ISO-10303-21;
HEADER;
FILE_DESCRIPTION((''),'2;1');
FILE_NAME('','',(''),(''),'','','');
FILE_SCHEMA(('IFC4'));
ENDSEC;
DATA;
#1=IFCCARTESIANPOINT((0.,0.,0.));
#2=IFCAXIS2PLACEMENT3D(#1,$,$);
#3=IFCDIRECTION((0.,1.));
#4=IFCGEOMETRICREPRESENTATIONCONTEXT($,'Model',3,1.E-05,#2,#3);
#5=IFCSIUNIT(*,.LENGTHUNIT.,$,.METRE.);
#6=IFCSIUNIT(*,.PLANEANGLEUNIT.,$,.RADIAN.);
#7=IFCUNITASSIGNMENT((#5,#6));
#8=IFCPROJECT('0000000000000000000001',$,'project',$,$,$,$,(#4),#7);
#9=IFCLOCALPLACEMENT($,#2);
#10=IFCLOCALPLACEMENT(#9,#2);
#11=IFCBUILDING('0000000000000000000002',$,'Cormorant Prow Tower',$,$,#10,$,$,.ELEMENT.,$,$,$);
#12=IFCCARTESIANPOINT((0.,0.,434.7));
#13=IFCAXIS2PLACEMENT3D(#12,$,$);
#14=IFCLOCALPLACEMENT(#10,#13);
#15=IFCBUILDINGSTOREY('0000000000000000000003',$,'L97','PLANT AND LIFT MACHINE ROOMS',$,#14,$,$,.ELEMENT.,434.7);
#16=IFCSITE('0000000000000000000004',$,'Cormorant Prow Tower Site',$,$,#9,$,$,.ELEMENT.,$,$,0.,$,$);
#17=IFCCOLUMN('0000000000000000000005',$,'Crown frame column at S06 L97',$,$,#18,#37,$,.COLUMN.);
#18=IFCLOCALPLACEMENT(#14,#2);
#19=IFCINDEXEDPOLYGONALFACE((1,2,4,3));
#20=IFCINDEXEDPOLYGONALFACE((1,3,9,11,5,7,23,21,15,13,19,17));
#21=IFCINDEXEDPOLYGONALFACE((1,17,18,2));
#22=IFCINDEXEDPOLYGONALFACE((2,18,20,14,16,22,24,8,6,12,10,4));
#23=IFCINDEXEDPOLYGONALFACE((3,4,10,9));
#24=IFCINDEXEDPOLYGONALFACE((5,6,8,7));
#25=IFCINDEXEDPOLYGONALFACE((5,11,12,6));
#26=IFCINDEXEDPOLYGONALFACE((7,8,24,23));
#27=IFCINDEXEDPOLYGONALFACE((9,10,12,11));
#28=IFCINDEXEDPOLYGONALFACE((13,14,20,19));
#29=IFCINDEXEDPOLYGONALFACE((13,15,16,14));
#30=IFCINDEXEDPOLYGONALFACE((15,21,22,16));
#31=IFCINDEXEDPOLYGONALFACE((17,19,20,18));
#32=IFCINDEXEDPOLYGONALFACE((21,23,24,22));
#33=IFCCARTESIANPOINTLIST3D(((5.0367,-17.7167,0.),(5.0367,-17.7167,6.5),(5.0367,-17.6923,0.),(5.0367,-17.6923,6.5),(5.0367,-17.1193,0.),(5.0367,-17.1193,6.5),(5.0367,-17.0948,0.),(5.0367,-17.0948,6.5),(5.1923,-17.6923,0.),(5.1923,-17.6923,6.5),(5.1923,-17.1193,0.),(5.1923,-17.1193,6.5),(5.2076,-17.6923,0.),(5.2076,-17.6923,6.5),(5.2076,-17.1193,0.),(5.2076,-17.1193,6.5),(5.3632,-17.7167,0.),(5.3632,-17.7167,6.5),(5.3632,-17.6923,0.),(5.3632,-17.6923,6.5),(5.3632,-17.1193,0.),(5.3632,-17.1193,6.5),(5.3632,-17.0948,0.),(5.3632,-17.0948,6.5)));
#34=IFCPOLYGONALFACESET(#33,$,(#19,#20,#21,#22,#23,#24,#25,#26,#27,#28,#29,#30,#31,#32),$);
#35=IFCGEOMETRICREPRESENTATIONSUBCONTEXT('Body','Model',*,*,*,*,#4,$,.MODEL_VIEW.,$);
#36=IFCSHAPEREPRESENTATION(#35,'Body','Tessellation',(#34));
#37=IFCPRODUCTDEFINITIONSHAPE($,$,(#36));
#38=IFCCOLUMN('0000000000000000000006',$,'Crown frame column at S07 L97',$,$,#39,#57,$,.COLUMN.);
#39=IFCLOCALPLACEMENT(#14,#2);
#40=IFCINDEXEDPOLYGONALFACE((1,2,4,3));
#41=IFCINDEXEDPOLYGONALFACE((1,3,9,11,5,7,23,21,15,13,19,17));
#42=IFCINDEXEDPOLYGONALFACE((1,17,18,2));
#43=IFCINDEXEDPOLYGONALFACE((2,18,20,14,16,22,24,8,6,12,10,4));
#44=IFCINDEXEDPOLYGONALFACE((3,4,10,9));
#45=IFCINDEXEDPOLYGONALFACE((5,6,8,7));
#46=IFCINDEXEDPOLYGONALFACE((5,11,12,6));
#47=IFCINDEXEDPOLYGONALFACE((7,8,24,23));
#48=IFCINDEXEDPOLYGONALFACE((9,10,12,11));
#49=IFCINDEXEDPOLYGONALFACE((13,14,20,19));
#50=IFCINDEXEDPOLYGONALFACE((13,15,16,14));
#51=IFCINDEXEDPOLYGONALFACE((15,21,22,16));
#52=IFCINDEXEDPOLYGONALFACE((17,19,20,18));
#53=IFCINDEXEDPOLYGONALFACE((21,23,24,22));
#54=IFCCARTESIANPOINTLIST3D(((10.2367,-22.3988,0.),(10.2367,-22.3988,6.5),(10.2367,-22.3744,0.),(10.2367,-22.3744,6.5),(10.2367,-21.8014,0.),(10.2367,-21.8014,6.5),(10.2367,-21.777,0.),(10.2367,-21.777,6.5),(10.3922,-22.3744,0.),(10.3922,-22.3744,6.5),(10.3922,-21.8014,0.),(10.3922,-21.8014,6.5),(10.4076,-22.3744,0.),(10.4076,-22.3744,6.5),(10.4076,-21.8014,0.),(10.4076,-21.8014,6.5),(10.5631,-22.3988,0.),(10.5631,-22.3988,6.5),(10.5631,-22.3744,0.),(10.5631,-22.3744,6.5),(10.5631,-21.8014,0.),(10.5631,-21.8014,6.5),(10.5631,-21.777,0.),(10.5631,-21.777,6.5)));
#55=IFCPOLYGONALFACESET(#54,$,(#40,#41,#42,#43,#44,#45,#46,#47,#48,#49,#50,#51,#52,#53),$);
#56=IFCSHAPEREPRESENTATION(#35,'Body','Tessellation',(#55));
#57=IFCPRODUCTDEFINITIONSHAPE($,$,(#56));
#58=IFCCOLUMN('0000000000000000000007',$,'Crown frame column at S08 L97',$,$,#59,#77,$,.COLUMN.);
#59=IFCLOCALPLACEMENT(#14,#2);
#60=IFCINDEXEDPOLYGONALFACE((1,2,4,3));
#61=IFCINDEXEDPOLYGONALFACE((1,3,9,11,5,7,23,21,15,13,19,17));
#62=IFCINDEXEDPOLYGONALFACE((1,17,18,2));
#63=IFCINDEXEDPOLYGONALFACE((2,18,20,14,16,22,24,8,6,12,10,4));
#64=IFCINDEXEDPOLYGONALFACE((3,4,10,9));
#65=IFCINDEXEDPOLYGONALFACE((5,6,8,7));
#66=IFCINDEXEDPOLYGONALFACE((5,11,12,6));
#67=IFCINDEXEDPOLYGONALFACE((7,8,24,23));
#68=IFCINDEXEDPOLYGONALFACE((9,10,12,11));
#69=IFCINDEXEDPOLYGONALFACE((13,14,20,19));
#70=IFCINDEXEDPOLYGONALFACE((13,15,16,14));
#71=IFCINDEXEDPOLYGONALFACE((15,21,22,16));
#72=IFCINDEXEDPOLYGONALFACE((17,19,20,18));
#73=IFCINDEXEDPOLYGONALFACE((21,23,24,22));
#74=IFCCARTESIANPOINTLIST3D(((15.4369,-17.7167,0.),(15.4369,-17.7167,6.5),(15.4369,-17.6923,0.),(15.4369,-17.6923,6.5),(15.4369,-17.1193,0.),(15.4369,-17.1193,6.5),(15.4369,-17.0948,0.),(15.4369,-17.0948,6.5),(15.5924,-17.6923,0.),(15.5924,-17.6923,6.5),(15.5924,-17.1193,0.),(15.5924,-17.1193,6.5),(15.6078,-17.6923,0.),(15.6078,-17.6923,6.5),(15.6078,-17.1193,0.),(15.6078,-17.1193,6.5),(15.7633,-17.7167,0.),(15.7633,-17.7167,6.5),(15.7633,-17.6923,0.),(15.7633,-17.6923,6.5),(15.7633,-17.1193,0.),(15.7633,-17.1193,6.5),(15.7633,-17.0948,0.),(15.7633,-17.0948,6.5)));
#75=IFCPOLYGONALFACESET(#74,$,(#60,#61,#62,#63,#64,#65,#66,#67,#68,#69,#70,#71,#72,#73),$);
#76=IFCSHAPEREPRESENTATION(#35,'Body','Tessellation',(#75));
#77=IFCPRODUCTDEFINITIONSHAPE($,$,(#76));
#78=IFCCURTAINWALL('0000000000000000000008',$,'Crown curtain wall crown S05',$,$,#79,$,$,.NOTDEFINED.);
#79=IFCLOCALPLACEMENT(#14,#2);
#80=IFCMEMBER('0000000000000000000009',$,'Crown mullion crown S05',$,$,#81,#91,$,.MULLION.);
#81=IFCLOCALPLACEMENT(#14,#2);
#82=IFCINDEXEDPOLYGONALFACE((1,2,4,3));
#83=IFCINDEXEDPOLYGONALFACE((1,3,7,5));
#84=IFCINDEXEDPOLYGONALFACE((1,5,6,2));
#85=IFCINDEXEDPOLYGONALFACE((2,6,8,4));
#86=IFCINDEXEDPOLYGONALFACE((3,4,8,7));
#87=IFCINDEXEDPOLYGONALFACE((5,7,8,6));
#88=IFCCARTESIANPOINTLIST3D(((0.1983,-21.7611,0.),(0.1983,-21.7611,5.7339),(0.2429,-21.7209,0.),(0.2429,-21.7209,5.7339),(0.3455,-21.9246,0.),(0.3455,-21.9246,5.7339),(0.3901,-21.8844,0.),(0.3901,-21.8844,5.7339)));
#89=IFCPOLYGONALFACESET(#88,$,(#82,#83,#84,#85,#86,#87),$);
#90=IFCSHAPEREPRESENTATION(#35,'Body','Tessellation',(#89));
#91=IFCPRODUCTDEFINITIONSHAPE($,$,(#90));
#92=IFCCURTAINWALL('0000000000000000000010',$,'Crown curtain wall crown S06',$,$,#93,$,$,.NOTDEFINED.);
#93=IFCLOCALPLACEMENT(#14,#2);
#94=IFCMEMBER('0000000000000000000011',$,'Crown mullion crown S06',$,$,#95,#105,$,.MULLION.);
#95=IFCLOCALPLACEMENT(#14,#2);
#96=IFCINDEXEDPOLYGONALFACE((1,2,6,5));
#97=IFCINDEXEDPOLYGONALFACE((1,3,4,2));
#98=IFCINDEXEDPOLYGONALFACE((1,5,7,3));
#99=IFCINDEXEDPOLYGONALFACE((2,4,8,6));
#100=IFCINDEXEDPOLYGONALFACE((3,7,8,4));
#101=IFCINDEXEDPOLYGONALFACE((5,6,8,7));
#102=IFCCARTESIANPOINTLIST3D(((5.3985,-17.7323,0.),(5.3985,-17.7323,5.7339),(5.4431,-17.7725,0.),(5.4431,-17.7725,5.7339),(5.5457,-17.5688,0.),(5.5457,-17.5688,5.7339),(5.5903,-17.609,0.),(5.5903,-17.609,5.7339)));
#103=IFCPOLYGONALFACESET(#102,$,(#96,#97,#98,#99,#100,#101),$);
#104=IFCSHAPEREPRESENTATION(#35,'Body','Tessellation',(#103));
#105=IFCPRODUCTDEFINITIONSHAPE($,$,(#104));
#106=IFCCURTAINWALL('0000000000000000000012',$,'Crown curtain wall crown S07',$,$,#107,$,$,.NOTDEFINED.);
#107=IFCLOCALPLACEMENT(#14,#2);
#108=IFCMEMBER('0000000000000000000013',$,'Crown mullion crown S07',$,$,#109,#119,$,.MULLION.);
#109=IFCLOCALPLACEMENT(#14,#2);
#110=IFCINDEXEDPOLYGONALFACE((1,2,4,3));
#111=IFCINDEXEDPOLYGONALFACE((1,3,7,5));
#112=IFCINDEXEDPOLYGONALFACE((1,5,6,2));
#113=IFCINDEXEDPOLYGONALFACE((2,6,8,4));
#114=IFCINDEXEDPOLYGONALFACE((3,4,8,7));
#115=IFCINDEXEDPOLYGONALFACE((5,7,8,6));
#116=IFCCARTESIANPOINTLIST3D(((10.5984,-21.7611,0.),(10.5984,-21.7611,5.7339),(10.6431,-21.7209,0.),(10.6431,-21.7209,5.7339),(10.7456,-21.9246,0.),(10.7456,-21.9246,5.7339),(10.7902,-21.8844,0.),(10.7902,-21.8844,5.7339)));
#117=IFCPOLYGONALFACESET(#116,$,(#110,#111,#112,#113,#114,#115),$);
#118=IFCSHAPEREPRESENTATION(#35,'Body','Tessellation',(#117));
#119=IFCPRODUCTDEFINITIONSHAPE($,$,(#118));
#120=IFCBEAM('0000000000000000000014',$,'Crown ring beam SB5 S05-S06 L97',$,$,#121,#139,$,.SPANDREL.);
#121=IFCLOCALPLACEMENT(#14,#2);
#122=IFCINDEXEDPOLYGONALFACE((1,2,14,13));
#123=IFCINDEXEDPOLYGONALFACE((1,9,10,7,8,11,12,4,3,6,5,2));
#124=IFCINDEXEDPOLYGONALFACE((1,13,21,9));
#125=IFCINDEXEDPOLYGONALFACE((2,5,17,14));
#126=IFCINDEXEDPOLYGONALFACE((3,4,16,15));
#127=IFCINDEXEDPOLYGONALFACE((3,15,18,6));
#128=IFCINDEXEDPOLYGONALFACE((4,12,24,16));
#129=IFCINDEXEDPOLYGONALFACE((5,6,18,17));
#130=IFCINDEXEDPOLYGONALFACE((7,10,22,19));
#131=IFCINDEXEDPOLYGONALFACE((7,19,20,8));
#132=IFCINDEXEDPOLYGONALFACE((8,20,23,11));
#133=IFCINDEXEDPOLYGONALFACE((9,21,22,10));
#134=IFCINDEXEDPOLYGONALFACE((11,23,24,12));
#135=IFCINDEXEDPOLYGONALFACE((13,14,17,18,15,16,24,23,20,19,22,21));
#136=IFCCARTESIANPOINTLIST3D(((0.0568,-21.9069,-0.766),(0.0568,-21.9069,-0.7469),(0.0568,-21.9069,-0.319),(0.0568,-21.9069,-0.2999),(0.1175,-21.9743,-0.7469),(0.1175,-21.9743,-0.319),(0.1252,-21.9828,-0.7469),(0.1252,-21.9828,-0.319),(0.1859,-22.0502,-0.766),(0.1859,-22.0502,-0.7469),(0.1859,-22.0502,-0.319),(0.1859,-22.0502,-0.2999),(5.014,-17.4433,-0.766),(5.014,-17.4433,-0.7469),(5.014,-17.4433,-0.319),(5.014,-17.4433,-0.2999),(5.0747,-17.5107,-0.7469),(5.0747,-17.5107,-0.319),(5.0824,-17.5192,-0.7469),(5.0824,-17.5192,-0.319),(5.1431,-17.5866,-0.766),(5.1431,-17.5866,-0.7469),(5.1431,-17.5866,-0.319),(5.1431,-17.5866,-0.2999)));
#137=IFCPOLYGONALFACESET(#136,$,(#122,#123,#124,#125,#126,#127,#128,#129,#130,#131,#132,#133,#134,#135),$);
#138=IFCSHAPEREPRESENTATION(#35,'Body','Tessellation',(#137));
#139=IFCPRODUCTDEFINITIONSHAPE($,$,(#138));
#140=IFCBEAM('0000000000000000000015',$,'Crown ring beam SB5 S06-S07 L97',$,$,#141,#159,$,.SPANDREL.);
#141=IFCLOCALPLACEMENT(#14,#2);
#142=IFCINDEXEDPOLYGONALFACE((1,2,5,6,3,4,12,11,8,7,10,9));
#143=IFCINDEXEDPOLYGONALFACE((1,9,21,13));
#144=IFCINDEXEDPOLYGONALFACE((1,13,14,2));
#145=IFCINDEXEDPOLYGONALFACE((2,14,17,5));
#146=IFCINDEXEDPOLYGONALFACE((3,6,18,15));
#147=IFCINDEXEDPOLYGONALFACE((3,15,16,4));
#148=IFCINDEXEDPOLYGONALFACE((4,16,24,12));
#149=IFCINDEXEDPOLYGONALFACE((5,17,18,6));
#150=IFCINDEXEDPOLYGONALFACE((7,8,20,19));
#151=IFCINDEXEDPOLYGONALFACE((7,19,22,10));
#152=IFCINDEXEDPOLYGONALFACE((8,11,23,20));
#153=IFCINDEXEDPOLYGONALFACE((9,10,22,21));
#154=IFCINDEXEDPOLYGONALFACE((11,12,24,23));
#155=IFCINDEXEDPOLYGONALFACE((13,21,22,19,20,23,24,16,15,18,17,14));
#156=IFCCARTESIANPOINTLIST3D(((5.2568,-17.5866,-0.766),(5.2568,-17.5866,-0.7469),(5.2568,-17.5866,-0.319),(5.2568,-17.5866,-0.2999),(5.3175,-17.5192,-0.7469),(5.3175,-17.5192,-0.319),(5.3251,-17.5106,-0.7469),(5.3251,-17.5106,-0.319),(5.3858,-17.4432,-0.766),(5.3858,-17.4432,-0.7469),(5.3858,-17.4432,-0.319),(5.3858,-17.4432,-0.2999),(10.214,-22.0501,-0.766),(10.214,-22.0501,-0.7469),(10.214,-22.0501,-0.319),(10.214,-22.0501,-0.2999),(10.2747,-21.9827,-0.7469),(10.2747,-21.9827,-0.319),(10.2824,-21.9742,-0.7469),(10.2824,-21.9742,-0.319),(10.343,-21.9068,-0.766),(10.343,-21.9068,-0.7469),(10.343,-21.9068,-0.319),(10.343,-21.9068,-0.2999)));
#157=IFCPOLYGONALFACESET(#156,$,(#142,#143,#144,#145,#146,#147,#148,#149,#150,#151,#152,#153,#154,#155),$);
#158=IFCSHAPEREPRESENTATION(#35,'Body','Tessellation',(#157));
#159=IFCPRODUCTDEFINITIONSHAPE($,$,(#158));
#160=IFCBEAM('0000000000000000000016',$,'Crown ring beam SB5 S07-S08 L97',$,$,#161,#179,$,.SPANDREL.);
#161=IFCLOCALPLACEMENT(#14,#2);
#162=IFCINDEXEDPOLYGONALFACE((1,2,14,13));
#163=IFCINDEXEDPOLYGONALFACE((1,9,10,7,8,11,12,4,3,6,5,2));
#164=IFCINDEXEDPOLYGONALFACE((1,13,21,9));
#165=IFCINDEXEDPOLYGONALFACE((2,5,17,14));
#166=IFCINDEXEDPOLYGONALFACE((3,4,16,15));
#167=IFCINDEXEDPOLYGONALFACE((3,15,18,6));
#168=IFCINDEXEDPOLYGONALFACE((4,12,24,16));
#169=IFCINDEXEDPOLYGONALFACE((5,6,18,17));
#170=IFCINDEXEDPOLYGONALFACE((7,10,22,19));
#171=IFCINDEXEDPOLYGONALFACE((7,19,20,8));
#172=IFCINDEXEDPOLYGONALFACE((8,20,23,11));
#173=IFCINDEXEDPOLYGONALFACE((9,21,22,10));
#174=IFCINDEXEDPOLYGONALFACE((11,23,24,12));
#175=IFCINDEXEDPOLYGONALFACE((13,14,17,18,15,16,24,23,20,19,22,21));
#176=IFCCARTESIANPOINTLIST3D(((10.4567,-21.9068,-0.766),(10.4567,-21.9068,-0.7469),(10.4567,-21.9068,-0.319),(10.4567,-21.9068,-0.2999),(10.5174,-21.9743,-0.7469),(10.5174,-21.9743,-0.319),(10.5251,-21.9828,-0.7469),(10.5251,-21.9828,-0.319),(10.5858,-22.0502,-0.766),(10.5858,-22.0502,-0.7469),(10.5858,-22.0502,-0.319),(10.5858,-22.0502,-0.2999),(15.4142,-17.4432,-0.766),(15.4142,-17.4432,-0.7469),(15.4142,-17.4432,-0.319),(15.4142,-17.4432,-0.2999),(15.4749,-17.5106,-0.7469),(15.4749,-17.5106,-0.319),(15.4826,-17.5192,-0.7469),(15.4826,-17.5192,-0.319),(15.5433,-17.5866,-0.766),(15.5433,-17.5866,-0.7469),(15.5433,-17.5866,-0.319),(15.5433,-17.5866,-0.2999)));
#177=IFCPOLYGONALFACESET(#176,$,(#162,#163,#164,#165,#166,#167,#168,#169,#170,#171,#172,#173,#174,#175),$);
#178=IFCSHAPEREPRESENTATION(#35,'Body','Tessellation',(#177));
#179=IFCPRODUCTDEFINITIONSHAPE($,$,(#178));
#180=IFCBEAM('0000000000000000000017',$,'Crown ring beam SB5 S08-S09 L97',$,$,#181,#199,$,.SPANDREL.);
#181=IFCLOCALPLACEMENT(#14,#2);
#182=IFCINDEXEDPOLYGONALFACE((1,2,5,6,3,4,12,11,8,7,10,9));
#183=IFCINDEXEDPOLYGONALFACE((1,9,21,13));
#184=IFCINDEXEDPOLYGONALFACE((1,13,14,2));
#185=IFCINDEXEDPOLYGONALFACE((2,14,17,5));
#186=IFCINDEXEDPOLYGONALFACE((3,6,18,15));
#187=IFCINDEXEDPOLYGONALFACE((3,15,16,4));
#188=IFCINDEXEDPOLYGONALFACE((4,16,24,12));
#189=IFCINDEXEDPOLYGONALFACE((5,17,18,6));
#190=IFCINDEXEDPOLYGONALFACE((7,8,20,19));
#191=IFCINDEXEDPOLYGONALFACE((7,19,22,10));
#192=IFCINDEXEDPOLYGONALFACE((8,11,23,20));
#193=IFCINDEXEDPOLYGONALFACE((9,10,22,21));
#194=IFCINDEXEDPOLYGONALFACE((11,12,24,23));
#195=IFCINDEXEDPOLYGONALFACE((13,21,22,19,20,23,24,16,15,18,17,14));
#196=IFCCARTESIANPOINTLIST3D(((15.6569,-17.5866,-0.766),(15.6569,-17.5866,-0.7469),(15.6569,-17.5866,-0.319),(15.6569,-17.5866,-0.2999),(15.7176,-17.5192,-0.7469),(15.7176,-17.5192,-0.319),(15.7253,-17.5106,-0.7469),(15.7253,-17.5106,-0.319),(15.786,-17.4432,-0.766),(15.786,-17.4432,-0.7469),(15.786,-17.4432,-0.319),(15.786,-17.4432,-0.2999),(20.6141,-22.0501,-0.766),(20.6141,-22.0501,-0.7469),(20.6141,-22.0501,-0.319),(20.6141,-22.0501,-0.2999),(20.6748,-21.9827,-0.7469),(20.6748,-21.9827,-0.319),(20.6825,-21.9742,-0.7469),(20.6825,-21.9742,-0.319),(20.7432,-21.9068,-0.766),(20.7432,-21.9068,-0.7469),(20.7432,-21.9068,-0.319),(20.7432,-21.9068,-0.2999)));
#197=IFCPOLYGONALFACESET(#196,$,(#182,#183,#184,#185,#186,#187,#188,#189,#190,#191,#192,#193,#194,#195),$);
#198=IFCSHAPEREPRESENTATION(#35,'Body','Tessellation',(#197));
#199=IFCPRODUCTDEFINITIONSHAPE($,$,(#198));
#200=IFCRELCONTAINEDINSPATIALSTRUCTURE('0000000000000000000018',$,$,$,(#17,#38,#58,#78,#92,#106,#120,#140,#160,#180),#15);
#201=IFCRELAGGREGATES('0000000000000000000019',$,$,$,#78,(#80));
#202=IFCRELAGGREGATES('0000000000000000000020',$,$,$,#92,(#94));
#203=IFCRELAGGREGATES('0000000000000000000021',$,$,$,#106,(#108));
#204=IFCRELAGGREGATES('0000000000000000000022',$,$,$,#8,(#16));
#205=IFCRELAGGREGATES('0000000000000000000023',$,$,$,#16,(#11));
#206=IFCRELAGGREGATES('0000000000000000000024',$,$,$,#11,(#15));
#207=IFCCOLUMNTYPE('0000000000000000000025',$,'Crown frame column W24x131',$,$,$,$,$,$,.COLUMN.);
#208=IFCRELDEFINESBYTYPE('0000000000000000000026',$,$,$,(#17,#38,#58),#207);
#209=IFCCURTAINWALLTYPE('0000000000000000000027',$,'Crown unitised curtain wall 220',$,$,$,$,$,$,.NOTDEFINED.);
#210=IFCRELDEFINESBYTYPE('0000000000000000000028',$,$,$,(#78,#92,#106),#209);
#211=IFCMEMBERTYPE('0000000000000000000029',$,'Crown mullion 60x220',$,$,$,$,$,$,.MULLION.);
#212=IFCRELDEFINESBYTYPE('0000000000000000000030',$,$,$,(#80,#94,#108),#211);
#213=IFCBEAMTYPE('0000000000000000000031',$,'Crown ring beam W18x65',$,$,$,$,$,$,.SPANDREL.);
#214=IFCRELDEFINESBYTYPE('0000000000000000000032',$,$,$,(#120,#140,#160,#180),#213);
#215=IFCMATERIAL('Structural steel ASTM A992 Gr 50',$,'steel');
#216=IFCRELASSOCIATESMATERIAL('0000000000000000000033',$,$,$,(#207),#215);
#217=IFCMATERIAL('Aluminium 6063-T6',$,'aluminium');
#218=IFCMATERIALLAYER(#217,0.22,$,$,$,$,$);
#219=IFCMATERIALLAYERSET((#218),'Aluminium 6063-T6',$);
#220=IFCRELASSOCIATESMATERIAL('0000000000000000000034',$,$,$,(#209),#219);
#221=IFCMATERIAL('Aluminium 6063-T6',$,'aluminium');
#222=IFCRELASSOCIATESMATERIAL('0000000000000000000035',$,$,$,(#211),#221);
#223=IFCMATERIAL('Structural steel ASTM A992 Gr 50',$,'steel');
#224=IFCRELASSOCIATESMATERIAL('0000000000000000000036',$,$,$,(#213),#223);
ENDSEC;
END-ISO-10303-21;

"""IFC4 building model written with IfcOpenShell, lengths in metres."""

from ifc_helpers import new_model, si_unit, direction, frame, origin, origin_2d, place, context, subcontext, project, spatial, rectangle, i_section, extrude, material, layer, layer_set, material_profile, profile_set, type_object, element, aggregate, save


model = new_model("IFC4")

# Units and contexts
model_context = context("Model", 3, precision=1e-05, world=origin(), true_north=direction((0.0, 1.0)))
body_context = subcontext(model_context, "Body", "Model", "MODEL_VIEW")
ifc_project = project(units=[si_unit("LENGTHUNIT", "METRE"), si_unit("PLANEANGLEUNIT", "RADIAN")], contexts=[model_context])

# Site, building, storey
site_placement = place(None, origin())
site = spatial("IfcSite", under=ifc_project, at=site_placement, Name="Cormorant Prow Tower Site", CompositionType="ELEMENT", RefElevation=0.0)
building_placement = place(site_placement, origin())
building = spatial("IfcBuilding", under=site, at=building_placement, Name="Cormorant Prow Tower", CompositionType="ELEMENT")
storey_placement = place(building_placement, frame((0.0, 0.0, 434.7)))
storey = spatial("IfcBuildingStorey", under=building, at=storey_placement, Name="L97", Description="PLANT AND LIFT MACHINE ROOMS", CompositionType="ELEMENT", Elevation=434.7)

# Columns
ifc_material_1 = material(Name="Structural steel ASTM A992 Gr 50", Category="steel")
ifc_material_profile_1 = material_profile(ifc_material_1, i_section(OverallWidth=0.3264, OverallDepth=0.6218, WebThickness=0.0154, FlangeThickness=0.0244, at=origin_2d()), Name="W24x131")
ifc_profile_set_1 = profile_set([ifc_material_profile_1], Name="Structural steel ASTM A992 Gr 50")
column_type = type_object("IfcColumnType", Name="Crown frame column W24x131", PredefinedType="COLUMN", material=ifc_profile_set_1)
for number, where, z_axis, x_axis, name in (
    (1, (5.2, -17.4058, 0.0), (0.0, 0.0, 1.0), (1.0, 0.0, 0.0), "Crown frame column at S06 L97"),
    (2, (10.3999, -22.0879, 0.0), (0.0, 0.0, 1.0), (1.0, 0.0, 0.0), "Crown frame column at S07 L97"),
    (3, (15.6001, -17.4058, 0.0), (0.0, 0.0, 1.0), (1.0, 0.0, 0.0), "Crown frame column at S08 L97"),
):
    element("IfcColumn", number, at=place(storey_placement, frame(where, z_axis=z_axis, x_axis=x_axis)), inside=storey, type_object=column_type, Name=name, PredefinedType="COLUMN", context=body_context, shape_type="SweptSolid", body=[
        extrude(i_section(OverallWidth=0.3264, OverallDepth=0.6218, WebThickness=0.0154, FlangeThickness=0.0244, at=origin_2d()), origin(), (0.0, 0.0, 1.0), 6.5),
    ])

# Curtain walls, members
ifc_material_2 = material(Name="Aluminium 6063-T6", Category="aluminium")
ifc_layer_1 = layer(ifc_material_2, 0.22)
ifc_layer_set_1 = layer_set([ifc_layer_1], Name="Aluminium 6063-T6")
curtain_wall_type = type_object("IfcCurtainWallType", Name="Crown unitised curtain wall 220", PredefinedType="NOTDEFINED", material=ifc_layer_set_1)
curtain_wall_1_placement = place(storey_placement, origin())
curtain_wall_1 = element("IfcCurtainWall", 4, at=curtain_wall_1_placement, inside=storey, type_object=curtain_wall_type, Name="Crown curtain wall crown S05", PredefinedType="NOTDEFINED")
ifc_material_3 = material(Name="Aluminium 6063-T6", Category="aluminium")
ifc_material_profile_2 = material_profile(ifc_material_3, rectangle(XDim=0.22, YDim=0.0601, at=origin_2d()), Name="Crown mullion 60x220")
ifc_profile_set_2 = profile_set([ifc_material_profile_2], Name="Aluminium 6063-T6")
member_type_1 = type_object("IfcMemberType", Name="Crown mullion 60x220", PredefinedType="MULLION", material=ifc_profile_set_2)
member_1_placement = place(storey_placement, frame((0.2942, -21.8228, 0.0), z_axis=(0.0, 0.0, 1.0), x_axis=(-0.669131, 0.743145, 0.0)))
member_1 = element("IfcMember", 5, at=member_1_placement, type_object=member_type_1, Name="Crown mullion crown S05", PredefinedType="MULLION", context=body_context, shape_type="SweptSolid", body=[
    extrude(rectangle(XDim=0.22, YDim=0.0601, at=origin_2d()), origin(), (0.0, 0.0, 1.0), 5.7339),
])
curtain_wall_2_placement = place(storey_placement, origin())
curtain_wall_2 = element("IfcCurtainWall", 6, at=curtain_wall_2_placement, inside=storey, type_object=curtain_wall_type, Name="Crown curtain wall crown S06", PredefinedType="NOTDEFINED")
member_2_placement = place(storey_placement, frame((5.4944, -17.6707, 0.0), z_axis=(0.0, 0.0, 1.0), x_axis=(0.669131, 0.743145, 0.0)))
member_2 = element("IfcMember", 7, at=member_2_placement, type_object=member_type_1, Name="Crown mullion crown S06", PredefinedType="MULLION", context=body_context, shape_type="SweptSolid", body=[
    extrude(rectangle(XDim=0.22, YDim=0.0601, at=origin_2d()), origin(), (0.0, 0.0, 1.0), 5.7339),
])
curtain_wall_3_placement = place(storey_placement, origin())
curtain_wall_3 = element("IfcCurtainWall", 8, at=curtain_wall_3_placement, inside=storey, type_object=curtain_wall_type, Name="Crown curtain wall crown S07", PredefinedType="NOTDEFINED")
member_3_placement = place(storey_placement, frame((10.6943, -21.8228, 0.0), z_axis=(0.0, 0.0, 1.0), x_axis=(-0.669131, 0.743145, 0.0)))
member_3 = element("IfcMember", 9, at=member_3_placement, type_object=member_type_1, Name="Crown mullion crown S07", PredefinedType="MULLION", context=body_context, shape_type="SweptSolid", body=[
    extrude(rectangle(XDim=0.22, YDim=0.0601, at=origin_2d()), origin(), (0.0, 0.0, 1.0), 5.7339),
])

# Beams
ifc_material_4 = material(Name="Structural steel ASTM A992 Gr 50", Category="steel")
ifc_material_profile_3 = material_profile(ifc_material_4, i_section(OverallWidth=0.1929, OverallDepth=0.4661, WebThickness=0.0115, FlangeThickness=0.019, at=origin_2d()), Name="W18x65")
ifc_profile_set_3 = profile_set([ifc_material_profile_3], Name="Structural steel ASTM A992 Gr 50")
beam_type = type_object("IfcBeamType", Name="Crown ring beam W18x65", PredefinedType="SPANDREL", material=ifc_profile_set_3)
for number, where, z_axis, x_axis, name in (
    (10, (0.1213, -21.9785, -0.533), (0.743139, 0.669137, 0.0), (-0.669137, 0.743139, 0.0), "Crown ring beam SB5 S05-S06 L97"),
    (11, (5.3213, -17.5149, -0.533), (0.743139, -0.669137, 0.0), (0.669137, 0.743139, 0.0), "Crown ring beam SB5 S06-S07 L97"),
):
    element("IfcBeam", number, at=place(storey_placement, frame(where, z_axis=z_axis, x_axis=x_axis)), inside=storey, type_object=beam_type, Name=name, PredefinedType="SPANDREL", context=body_context, shape_type="SweptSolid", body=[
        extrude(i_section(OverallWidth=0.1929, OverallDepth=0.4661, WebThickness=0.0115, FlangeThickness=0.019, at=origin_2d()), origin(), (0.0, 0.0, 1.0), 6.6707),
    ])
beam_1_placement = place(storey_placement, frame((10.5212, -21.9785, -0.533), z_axis=(0.743156, 0.669118, 0.0), x_axis=(-0.669118, 0.743156, 0.0)))
element("IfcBeam", 12, at=beam_1_placement, inside=storey, type_object=beam_type, Name="Crown ring beam SB5 S07-S08 L97", PredefinedType="SPANDREL", context=body_context, shape_type="SweptSolid", body=[
    extrude(i_section(OverallWidth=0.1929, OverallDepth=0.4661, WebThickness=0.0115, FlangeThickness=0.019, at=origin_2d()), origin(), (0.0, 0.0, 1.0), 6.6709),
])
beam_2_placement = place(storey_placement, frame((15.7214, -17.5149, -0.533), z_axis=(0.743139, -0.669137, 0.0), x_axis=(0.669137, 0.743139, 0.0)))
element("IfcBeam", 13, at=beam_2_placement, inside=storey, type_object=beam_type, Name="Crown ring beam SB5 S08-S09 L97", PredefinedType="SPANDREL", context=body_context, shape_type="SweptSolid", body=[
    extrude(i_section(OverallWidth=0.1929, OverallDepth=0.4661, WebThickness=0.0115, FlangeThickness=0.019, at=origin_2d()), origin(), (0.0, 0.0, 1.0), 6.6707),
])

aggregate(curtain_wall_1, [member_1])
aggregate(curtain_wall_2, [member_2])
aggregate(curtain_wall_3, [member_3])

save(model, "model.ifc")
